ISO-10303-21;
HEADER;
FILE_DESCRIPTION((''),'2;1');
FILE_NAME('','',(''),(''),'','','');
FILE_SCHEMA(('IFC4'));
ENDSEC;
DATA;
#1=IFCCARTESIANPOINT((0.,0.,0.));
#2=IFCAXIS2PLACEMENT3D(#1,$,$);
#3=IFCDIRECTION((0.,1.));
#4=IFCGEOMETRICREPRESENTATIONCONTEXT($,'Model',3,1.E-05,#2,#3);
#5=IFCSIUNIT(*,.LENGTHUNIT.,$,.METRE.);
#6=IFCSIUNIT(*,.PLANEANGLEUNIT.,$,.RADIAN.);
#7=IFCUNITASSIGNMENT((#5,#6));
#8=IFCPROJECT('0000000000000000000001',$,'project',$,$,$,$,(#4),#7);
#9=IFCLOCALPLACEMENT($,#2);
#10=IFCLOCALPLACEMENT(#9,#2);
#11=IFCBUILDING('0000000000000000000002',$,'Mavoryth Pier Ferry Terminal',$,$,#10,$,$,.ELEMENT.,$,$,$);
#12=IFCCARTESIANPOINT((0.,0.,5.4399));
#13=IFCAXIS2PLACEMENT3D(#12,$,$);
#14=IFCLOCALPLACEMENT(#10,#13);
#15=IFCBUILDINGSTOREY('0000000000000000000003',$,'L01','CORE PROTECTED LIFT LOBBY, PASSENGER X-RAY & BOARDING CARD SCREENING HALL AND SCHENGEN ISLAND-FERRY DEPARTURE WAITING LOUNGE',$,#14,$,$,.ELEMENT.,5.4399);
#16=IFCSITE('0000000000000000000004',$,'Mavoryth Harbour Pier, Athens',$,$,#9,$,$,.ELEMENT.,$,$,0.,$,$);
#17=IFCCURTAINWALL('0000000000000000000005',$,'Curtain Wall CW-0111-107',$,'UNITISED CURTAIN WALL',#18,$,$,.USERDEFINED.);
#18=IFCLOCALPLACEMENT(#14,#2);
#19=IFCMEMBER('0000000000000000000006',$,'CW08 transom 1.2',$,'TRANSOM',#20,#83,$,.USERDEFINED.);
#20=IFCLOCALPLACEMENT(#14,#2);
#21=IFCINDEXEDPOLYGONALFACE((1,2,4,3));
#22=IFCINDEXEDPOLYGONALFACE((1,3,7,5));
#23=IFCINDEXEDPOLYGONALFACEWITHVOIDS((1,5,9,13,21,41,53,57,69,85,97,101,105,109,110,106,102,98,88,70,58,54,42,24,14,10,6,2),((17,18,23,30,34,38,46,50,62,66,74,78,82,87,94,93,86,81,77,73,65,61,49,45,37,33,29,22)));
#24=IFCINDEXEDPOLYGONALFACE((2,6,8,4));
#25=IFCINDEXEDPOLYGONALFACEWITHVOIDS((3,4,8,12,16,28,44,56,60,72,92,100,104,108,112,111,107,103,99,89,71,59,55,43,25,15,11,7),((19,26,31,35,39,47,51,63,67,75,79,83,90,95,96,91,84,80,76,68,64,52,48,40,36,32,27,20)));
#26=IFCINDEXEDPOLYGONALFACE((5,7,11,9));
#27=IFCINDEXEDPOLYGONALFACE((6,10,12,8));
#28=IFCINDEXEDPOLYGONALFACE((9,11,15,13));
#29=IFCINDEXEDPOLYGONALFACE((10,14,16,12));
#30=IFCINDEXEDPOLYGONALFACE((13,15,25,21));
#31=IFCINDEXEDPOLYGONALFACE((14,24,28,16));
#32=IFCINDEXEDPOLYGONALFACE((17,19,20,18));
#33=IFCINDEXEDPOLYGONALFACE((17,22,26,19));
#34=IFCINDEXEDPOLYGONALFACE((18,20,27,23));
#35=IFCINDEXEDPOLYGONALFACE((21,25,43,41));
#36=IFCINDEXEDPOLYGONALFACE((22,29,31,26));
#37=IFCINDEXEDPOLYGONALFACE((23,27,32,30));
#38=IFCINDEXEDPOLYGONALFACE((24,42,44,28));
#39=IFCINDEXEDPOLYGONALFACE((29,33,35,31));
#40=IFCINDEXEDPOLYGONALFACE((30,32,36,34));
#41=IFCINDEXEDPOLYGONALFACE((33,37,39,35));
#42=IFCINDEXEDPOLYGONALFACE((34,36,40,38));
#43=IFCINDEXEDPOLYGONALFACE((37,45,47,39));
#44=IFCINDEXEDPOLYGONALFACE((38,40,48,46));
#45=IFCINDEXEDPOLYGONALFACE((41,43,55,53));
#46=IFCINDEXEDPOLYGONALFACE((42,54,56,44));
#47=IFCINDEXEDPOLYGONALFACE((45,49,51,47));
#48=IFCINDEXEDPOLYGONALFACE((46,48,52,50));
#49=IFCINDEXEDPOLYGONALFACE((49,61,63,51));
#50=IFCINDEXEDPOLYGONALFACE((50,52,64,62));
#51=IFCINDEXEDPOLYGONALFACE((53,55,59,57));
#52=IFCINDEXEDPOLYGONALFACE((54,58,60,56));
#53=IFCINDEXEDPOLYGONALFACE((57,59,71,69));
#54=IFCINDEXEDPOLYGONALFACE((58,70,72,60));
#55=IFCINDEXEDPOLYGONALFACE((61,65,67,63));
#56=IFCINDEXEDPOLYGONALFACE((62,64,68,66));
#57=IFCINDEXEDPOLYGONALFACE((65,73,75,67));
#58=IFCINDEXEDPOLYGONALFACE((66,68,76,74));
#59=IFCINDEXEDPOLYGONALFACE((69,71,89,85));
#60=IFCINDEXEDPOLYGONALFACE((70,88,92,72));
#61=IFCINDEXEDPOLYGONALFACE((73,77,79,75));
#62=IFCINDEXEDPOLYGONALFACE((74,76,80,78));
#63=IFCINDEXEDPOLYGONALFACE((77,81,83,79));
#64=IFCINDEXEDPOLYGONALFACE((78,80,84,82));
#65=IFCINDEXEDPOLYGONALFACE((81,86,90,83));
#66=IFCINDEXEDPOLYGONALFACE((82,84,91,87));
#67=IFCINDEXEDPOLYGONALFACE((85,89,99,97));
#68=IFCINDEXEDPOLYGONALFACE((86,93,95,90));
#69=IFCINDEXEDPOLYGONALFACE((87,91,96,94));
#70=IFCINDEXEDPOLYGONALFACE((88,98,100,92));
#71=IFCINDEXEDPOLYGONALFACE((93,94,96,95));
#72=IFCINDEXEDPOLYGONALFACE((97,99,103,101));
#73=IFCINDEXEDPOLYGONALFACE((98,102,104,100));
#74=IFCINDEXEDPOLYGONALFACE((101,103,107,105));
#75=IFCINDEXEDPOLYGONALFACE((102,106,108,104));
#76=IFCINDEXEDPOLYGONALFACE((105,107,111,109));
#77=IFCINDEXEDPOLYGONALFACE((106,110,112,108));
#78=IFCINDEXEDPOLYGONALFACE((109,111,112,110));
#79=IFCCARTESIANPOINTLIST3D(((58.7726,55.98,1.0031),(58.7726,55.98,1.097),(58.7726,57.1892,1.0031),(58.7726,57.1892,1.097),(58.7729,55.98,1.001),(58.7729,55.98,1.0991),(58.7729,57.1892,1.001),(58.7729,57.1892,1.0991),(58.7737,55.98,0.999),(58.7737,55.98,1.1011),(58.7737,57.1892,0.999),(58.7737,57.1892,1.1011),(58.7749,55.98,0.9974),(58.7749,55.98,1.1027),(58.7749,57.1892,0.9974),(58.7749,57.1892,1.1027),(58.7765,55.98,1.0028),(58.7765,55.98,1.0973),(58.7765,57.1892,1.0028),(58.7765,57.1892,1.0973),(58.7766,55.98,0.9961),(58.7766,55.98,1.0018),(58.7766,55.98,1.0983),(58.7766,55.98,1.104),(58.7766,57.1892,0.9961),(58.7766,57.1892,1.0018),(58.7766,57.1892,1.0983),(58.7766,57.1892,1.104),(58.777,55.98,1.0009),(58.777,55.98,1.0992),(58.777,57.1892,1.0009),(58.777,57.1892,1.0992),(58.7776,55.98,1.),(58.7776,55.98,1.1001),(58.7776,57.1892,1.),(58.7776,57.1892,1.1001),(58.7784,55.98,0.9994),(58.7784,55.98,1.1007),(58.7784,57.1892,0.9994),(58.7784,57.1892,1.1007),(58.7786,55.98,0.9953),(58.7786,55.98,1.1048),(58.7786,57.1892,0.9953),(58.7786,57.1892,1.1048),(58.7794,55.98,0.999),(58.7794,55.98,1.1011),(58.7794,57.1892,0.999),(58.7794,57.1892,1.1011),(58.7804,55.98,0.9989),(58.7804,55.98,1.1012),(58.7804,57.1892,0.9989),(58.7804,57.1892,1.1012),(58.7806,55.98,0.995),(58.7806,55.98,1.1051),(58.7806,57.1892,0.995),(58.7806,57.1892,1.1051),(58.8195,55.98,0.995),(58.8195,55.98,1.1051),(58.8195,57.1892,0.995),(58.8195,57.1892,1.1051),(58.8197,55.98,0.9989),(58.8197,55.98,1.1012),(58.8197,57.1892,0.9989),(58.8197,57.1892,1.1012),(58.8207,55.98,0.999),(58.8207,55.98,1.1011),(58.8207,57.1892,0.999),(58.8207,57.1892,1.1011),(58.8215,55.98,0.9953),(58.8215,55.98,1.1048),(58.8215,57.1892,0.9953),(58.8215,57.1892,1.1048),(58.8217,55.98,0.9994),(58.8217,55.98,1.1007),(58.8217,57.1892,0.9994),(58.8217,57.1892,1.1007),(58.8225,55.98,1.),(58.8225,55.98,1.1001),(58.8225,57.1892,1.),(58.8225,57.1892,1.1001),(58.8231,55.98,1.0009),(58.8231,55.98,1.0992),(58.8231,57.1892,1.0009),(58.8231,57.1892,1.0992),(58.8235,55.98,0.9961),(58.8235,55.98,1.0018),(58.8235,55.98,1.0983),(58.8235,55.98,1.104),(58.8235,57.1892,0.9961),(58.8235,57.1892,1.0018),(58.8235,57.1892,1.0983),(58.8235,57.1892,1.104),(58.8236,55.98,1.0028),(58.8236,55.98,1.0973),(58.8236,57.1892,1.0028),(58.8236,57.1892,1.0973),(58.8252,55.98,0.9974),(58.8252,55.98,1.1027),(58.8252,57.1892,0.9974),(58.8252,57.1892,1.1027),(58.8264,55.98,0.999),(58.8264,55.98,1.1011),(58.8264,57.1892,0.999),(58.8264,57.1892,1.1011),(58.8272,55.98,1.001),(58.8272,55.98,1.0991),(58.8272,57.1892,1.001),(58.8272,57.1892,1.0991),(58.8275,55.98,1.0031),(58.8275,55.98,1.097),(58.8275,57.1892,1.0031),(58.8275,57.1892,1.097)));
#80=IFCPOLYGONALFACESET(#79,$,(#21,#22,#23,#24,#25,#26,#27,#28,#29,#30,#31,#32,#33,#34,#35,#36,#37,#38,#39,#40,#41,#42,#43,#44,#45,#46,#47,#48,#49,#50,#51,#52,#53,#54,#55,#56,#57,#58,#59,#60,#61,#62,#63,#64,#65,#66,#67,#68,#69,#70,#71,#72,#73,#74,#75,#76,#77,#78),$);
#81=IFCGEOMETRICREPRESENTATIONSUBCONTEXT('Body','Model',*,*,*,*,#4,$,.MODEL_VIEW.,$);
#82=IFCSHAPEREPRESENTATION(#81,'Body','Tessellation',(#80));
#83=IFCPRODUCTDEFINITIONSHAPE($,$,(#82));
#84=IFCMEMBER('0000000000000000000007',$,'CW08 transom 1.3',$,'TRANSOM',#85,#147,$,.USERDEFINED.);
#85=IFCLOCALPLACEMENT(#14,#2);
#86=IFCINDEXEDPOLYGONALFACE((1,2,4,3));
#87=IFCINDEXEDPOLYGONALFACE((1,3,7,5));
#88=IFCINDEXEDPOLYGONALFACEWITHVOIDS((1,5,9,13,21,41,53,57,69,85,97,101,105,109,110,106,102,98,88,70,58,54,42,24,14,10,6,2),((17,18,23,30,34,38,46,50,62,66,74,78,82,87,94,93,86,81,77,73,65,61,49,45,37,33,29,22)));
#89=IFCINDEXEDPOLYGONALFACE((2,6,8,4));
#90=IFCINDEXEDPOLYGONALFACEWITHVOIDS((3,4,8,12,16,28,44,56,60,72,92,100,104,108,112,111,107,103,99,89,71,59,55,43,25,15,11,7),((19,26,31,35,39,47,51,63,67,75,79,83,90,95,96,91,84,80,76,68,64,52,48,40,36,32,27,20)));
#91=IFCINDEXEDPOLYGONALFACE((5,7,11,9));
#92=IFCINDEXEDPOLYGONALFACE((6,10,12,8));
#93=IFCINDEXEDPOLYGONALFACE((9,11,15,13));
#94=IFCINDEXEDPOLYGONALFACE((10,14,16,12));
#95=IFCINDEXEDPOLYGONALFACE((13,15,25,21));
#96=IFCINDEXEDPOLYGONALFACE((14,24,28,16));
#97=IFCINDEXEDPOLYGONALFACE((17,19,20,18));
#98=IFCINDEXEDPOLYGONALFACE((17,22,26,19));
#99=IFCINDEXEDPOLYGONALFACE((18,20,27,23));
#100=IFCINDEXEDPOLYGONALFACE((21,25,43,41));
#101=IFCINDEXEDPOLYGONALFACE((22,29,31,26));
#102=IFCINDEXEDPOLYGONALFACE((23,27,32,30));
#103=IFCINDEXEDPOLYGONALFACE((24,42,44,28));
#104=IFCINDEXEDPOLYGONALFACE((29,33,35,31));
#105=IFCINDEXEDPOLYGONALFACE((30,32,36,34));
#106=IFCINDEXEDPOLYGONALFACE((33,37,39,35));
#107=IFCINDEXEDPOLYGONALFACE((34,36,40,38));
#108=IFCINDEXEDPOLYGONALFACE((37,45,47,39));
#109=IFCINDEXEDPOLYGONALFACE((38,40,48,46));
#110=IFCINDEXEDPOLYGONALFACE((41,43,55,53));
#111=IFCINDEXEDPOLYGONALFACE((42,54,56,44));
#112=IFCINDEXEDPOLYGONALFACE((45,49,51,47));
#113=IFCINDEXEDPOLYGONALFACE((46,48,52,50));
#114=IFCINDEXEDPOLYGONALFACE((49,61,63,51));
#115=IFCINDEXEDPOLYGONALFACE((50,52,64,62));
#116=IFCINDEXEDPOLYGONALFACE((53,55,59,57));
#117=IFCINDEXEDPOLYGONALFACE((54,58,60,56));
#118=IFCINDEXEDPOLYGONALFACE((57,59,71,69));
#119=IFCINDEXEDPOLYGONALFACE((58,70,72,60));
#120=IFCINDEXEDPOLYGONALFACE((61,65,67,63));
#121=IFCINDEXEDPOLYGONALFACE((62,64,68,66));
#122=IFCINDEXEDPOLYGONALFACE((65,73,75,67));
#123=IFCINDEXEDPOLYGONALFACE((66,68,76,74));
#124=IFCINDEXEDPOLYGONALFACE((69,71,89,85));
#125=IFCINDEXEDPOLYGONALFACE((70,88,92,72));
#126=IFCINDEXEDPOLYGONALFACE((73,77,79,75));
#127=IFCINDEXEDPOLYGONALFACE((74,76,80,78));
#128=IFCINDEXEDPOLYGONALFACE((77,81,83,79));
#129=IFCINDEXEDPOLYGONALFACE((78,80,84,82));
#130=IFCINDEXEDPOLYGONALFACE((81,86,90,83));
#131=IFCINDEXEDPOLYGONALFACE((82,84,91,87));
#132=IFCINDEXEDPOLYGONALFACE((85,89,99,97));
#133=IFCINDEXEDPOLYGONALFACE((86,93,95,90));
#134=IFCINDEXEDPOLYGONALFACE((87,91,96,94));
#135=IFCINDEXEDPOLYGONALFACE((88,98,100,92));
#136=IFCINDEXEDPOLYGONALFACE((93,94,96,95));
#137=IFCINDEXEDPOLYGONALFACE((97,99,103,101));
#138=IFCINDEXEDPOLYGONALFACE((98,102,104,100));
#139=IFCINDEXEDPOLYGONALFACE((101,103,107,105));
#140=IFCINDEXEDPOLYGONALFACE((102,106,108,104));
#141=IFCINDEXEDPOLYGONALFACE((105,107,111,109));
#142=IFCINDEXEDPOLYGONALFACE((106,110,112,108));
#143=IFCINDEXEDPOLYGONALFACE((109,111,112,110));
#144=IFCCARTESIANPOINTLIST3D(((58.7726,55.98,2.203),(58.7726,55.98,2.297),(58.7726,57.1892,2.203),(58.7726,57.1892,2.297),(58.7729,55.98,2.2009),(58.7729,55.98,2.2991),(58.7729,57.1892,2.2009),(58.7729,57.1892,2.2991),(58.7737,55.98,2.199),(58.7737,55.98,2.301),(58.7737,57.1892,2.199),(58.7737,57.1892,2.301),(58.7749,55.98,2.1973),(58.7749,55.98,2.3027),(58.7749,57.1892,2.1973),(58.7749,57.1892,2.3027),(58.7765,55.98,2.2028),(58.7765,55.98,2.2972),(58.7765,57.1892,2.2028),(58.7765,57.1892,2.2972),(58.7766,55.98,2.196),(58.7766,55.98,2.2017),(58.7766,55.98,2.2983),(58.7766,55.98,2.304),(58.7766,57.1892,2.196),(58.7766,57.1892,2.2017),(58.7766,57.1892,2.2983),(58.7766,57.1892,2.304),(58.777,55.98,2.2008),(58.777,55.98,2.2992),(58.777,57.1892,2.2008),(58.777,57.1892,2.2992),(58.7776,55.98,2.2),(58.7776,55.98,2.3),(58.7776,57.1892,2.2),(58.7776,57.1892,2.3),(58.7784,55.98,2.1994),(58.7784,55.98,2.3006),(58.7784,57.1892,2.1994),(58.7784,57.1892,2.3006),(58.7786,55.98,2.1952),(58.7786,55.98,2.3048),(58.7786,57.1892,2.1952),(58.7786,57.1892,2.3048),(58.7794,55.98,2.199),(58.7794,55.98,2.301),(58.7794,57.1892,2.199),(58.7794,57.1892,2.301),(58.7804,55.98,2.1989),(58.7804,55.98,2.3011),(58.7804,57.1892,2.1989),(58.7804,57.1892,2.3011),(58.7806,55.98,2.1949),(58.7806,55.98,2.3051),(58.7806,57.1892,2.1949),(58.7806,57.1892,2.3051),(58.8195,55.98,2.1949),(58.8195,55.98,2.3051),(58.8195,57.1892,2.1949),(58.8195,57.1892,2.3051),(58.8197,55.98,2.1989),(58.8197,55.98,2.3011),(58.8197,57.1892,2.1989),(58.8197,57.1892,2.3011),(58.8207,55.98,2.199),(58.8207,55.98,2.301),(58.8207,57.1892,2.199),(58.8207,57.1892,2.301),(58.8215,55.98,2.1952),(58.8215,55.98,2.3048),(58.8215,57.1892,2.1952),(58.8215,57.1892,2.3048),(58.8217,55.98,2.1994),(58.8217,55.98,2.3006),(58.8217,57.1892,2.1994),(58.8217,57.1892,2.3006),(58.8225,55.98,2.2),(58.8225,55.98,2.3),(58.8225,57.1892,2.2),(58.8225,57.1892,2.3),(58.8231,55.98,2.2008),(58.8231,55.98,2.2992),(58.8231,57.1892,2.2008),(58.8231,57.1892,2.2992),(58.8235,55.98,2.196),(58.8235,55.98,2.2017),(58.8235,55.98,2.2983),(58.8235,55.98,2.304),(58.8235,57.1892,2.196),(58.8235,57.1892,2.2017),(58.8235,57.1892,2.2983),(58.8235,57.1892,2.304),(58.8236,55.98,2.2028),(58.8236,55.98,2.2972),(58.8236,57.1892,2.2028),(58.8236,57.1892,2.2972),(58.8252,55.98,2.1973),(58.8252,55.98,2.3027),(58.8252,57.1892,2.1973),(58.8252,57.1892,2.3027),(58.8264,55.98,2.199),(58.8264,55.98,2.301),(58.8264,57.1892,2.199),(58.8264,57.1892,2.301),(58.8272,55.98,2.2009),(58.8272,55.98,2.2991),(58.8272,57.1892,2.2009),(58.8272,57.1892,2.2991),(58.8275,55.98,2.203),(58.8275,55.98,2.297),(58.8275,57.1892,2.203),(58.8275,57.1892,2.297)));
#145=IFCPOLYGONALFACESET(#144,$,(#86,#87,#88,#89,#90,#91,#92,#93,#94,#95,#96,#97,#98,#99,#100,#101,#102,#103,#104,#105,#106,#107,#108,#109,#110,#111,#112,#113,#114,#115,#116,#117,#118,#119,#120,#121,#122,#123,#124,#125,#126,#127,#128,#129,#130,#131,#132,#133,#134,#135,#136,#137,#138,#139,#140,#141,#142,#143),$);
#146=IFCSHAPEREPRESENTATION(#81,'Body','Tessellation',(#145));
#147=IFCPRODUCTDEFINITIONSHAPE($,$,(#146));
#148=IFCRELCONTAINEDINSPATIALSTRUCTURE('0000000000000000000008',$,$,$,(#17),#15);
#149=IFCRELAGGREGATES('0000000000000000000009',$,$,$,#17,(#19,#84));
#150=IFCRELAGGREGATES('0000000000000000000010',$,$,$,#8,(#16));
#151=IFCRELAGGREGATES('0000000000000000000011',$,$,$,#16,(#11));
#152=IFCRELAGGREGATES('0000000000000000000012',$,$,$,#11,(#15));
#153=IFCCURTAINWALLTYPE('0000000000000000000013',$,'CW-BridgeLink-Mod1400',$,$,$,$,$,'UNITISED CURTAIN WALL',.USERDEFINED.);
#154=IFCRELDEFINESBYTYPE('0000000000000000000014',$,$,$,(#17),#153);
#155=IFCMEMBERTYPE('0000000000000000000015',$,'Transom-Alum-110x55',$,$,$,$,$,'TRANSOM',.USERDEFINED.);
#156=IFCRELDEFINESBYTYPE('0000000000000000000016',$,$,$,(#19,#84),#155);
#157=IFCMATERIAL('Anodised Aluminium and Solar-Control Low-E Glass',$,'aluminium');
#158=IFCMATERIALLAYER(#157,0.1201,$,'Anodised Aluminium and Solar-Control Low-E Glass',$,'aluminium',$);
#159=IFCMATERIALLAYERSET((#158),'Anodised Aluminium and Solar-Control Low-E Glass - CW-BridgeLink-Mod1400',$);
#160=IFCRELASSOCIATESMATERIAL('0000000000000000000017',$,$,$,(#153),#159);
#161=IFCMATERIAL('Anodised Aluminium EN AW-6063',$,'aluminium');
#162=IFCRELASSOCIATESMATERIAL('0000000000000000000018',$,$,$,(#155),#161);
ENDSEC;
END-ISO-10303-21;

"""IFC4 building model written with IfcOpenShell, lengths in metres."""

from ifc_helpers import new_model, si_unit, direction, frame, origin, origin_2d, place, context, subcontext, project, spatial, hollow_rectangle, extrude, material, layer, layer_set, material_profile, profile_set, type_object, element, aggregate, save


model = new_model("IFC4")

# Units and contexts
model_context = context("Model", 3, precision=1e-05, world=origin(), true_north=direction((0.0, 1.0)))
body_context = subcontext(model_context, "Body", "Model", "MODEL_VIEW")
ifc_project = project(units=[si_unit("LENGTHUNIT", "METRE"), si_unit("PLANEANGLEUNIT", "RADIAN")], contexts=[model_context])

# Site, building, storey
site_placement = place(None, origin())
site = spatial("IfcSite", under=ifc_project, at=site_placement, Name="Mavoryth Harbour Pier, Athens", CompositionType="ELEMENT", RefElevation=0.0)
building_placement = place(site_placement, origin())
building = spatial("IfcBuilding", under=site, at=building_placement, Name="Mavoryth Pier Ferry Terminal", CompositionType="ELEMENT")
storey_placement = place(building_placement, frame((0.0, 0.0, 5.4399)))
storey = spatial("IfcBuildingStorey", under=building, at=storey_placement, Name="L01", Description="CORE PROTECTED LIFT LOBBY, PASSENGER X-RAY & BOARDING CARD SCREENING HALL AND SCHENGEN ISLAND-FERRY DEPARTURE WAITING LOUNGE", CompositionType="ELEMENT", Elevation=5.4399)

# Shared definitions
ifc_material_1 = material(Name="Anodised Aluminium and Solar-Control Low-E Glass", Category="aluminium")
ifc_layer_1 = layer(ifc_material_1, 0.1201, Name="Anodised Aluminium and Solar-Control Low-E Glass", Category="aluminium")
ifc_layer_set_1 = layer_set([ifc_layer_1], Name="Anodised Aluminium and Solar-Control Low-E Glass - CW-BridgeLink-Mod1400")
curtain_wall_type = type_object("IfcCurtainWallType", Name="CW-BridgeLink-Mod1400", ElementType="UNITISED CURTAIN WALL", PredefinedType="USERDEFINED", material=ifc_layer_set_1)
ifc_material_2 = material(Name="Anodised Aluminium EN AW-6063", Category="aluminium")

# Curtain wall
curtain_wall_1_placement = place(storey_placement, origin())
curtain_wall_1 = element("IfcCurtainWall", 1, at=curtain_wall_1_placement, inside=storey, type_object=curtain_wall_type, Name="Curtain Wall CW-0111-107", ObjectType="UNITISED CURTAIN WALL", PredefinedType="USERDEFINED")

# Members
ifc_material_profile_1 = material_profile(ifc_material_2, hollow_rectangle(XDim=0.0549, YDim=0.1101, WallThickness=0.0039, InnerFilletRadius=0.0039, OuterFilletRadius=0.0081, at=origin_2d()), Name="AL-TRAN 110x55x4", Category="aluminium")
ifc_profile_set_1 = profile_set([ifc_material_profile_1], Name="Anodised Aluminium EN AW-6063 - AL-TRAN 110x55x4")
member_type_1 = type_object("IfcMemberType", Name="Transom-Alum-110x55", ElementType="TRANSOM", PredefinedType="USERDEFINED", material=ifc_profile_set_1)
member_1_placement = place(storey_placement, frame((58.8, 55.98, 1.05), z_axis=(0.0, 1.0, 0.0), x_axis=(-1.0, 0.0, 0.0)))
member_1 = element("IfcMember", 2, at=member_1_placement, type_object=member_type_1, Name="CW08 transom 1.2", ObjectType="TRANSOM", PredefinedType="USERDEFINED", context=body_context, shape_type="SweptSolid", body=[
    extrude(hollow_rectangle(XDim=0.0549, YDim=0.1101, WallThickness=0.0039, InnerFilletRadius=0.0039, OuterFilletRadius=0.0081, at=origin_2d()), origin(), (0.0, 0.0, 1.0), 1.2092),
])
member_2_placement = place(storey_placement, frame((58.8, 55.98, 2.25), z_axis=(0.0, 1.0, 0.0), x_axis=(-1.0, 0.0, 0.0)))
member_2 = element("IfcMember", 3, at=member_2_placement, type_object=member_type_1, Name="CW08 transom 1.3", ObjectType="TRANSOM", PredefinedType="USERDEFINED", context=body_context, shape_type="SweptSolid", body=[
    extrude(hollow_rectangle(XDim=0.0549, YDim=0.1101, WallThickness=0.0039, InnerFilletRadius=0.0039, OuterFilletRadius=0.0081, at=origin_2d()), origin(), (0.0, 0.0, 1.0), 1.2092),
])

aggregate(curtain_wall_1, [member_1, member_2])

save(model, "model.ifc")
